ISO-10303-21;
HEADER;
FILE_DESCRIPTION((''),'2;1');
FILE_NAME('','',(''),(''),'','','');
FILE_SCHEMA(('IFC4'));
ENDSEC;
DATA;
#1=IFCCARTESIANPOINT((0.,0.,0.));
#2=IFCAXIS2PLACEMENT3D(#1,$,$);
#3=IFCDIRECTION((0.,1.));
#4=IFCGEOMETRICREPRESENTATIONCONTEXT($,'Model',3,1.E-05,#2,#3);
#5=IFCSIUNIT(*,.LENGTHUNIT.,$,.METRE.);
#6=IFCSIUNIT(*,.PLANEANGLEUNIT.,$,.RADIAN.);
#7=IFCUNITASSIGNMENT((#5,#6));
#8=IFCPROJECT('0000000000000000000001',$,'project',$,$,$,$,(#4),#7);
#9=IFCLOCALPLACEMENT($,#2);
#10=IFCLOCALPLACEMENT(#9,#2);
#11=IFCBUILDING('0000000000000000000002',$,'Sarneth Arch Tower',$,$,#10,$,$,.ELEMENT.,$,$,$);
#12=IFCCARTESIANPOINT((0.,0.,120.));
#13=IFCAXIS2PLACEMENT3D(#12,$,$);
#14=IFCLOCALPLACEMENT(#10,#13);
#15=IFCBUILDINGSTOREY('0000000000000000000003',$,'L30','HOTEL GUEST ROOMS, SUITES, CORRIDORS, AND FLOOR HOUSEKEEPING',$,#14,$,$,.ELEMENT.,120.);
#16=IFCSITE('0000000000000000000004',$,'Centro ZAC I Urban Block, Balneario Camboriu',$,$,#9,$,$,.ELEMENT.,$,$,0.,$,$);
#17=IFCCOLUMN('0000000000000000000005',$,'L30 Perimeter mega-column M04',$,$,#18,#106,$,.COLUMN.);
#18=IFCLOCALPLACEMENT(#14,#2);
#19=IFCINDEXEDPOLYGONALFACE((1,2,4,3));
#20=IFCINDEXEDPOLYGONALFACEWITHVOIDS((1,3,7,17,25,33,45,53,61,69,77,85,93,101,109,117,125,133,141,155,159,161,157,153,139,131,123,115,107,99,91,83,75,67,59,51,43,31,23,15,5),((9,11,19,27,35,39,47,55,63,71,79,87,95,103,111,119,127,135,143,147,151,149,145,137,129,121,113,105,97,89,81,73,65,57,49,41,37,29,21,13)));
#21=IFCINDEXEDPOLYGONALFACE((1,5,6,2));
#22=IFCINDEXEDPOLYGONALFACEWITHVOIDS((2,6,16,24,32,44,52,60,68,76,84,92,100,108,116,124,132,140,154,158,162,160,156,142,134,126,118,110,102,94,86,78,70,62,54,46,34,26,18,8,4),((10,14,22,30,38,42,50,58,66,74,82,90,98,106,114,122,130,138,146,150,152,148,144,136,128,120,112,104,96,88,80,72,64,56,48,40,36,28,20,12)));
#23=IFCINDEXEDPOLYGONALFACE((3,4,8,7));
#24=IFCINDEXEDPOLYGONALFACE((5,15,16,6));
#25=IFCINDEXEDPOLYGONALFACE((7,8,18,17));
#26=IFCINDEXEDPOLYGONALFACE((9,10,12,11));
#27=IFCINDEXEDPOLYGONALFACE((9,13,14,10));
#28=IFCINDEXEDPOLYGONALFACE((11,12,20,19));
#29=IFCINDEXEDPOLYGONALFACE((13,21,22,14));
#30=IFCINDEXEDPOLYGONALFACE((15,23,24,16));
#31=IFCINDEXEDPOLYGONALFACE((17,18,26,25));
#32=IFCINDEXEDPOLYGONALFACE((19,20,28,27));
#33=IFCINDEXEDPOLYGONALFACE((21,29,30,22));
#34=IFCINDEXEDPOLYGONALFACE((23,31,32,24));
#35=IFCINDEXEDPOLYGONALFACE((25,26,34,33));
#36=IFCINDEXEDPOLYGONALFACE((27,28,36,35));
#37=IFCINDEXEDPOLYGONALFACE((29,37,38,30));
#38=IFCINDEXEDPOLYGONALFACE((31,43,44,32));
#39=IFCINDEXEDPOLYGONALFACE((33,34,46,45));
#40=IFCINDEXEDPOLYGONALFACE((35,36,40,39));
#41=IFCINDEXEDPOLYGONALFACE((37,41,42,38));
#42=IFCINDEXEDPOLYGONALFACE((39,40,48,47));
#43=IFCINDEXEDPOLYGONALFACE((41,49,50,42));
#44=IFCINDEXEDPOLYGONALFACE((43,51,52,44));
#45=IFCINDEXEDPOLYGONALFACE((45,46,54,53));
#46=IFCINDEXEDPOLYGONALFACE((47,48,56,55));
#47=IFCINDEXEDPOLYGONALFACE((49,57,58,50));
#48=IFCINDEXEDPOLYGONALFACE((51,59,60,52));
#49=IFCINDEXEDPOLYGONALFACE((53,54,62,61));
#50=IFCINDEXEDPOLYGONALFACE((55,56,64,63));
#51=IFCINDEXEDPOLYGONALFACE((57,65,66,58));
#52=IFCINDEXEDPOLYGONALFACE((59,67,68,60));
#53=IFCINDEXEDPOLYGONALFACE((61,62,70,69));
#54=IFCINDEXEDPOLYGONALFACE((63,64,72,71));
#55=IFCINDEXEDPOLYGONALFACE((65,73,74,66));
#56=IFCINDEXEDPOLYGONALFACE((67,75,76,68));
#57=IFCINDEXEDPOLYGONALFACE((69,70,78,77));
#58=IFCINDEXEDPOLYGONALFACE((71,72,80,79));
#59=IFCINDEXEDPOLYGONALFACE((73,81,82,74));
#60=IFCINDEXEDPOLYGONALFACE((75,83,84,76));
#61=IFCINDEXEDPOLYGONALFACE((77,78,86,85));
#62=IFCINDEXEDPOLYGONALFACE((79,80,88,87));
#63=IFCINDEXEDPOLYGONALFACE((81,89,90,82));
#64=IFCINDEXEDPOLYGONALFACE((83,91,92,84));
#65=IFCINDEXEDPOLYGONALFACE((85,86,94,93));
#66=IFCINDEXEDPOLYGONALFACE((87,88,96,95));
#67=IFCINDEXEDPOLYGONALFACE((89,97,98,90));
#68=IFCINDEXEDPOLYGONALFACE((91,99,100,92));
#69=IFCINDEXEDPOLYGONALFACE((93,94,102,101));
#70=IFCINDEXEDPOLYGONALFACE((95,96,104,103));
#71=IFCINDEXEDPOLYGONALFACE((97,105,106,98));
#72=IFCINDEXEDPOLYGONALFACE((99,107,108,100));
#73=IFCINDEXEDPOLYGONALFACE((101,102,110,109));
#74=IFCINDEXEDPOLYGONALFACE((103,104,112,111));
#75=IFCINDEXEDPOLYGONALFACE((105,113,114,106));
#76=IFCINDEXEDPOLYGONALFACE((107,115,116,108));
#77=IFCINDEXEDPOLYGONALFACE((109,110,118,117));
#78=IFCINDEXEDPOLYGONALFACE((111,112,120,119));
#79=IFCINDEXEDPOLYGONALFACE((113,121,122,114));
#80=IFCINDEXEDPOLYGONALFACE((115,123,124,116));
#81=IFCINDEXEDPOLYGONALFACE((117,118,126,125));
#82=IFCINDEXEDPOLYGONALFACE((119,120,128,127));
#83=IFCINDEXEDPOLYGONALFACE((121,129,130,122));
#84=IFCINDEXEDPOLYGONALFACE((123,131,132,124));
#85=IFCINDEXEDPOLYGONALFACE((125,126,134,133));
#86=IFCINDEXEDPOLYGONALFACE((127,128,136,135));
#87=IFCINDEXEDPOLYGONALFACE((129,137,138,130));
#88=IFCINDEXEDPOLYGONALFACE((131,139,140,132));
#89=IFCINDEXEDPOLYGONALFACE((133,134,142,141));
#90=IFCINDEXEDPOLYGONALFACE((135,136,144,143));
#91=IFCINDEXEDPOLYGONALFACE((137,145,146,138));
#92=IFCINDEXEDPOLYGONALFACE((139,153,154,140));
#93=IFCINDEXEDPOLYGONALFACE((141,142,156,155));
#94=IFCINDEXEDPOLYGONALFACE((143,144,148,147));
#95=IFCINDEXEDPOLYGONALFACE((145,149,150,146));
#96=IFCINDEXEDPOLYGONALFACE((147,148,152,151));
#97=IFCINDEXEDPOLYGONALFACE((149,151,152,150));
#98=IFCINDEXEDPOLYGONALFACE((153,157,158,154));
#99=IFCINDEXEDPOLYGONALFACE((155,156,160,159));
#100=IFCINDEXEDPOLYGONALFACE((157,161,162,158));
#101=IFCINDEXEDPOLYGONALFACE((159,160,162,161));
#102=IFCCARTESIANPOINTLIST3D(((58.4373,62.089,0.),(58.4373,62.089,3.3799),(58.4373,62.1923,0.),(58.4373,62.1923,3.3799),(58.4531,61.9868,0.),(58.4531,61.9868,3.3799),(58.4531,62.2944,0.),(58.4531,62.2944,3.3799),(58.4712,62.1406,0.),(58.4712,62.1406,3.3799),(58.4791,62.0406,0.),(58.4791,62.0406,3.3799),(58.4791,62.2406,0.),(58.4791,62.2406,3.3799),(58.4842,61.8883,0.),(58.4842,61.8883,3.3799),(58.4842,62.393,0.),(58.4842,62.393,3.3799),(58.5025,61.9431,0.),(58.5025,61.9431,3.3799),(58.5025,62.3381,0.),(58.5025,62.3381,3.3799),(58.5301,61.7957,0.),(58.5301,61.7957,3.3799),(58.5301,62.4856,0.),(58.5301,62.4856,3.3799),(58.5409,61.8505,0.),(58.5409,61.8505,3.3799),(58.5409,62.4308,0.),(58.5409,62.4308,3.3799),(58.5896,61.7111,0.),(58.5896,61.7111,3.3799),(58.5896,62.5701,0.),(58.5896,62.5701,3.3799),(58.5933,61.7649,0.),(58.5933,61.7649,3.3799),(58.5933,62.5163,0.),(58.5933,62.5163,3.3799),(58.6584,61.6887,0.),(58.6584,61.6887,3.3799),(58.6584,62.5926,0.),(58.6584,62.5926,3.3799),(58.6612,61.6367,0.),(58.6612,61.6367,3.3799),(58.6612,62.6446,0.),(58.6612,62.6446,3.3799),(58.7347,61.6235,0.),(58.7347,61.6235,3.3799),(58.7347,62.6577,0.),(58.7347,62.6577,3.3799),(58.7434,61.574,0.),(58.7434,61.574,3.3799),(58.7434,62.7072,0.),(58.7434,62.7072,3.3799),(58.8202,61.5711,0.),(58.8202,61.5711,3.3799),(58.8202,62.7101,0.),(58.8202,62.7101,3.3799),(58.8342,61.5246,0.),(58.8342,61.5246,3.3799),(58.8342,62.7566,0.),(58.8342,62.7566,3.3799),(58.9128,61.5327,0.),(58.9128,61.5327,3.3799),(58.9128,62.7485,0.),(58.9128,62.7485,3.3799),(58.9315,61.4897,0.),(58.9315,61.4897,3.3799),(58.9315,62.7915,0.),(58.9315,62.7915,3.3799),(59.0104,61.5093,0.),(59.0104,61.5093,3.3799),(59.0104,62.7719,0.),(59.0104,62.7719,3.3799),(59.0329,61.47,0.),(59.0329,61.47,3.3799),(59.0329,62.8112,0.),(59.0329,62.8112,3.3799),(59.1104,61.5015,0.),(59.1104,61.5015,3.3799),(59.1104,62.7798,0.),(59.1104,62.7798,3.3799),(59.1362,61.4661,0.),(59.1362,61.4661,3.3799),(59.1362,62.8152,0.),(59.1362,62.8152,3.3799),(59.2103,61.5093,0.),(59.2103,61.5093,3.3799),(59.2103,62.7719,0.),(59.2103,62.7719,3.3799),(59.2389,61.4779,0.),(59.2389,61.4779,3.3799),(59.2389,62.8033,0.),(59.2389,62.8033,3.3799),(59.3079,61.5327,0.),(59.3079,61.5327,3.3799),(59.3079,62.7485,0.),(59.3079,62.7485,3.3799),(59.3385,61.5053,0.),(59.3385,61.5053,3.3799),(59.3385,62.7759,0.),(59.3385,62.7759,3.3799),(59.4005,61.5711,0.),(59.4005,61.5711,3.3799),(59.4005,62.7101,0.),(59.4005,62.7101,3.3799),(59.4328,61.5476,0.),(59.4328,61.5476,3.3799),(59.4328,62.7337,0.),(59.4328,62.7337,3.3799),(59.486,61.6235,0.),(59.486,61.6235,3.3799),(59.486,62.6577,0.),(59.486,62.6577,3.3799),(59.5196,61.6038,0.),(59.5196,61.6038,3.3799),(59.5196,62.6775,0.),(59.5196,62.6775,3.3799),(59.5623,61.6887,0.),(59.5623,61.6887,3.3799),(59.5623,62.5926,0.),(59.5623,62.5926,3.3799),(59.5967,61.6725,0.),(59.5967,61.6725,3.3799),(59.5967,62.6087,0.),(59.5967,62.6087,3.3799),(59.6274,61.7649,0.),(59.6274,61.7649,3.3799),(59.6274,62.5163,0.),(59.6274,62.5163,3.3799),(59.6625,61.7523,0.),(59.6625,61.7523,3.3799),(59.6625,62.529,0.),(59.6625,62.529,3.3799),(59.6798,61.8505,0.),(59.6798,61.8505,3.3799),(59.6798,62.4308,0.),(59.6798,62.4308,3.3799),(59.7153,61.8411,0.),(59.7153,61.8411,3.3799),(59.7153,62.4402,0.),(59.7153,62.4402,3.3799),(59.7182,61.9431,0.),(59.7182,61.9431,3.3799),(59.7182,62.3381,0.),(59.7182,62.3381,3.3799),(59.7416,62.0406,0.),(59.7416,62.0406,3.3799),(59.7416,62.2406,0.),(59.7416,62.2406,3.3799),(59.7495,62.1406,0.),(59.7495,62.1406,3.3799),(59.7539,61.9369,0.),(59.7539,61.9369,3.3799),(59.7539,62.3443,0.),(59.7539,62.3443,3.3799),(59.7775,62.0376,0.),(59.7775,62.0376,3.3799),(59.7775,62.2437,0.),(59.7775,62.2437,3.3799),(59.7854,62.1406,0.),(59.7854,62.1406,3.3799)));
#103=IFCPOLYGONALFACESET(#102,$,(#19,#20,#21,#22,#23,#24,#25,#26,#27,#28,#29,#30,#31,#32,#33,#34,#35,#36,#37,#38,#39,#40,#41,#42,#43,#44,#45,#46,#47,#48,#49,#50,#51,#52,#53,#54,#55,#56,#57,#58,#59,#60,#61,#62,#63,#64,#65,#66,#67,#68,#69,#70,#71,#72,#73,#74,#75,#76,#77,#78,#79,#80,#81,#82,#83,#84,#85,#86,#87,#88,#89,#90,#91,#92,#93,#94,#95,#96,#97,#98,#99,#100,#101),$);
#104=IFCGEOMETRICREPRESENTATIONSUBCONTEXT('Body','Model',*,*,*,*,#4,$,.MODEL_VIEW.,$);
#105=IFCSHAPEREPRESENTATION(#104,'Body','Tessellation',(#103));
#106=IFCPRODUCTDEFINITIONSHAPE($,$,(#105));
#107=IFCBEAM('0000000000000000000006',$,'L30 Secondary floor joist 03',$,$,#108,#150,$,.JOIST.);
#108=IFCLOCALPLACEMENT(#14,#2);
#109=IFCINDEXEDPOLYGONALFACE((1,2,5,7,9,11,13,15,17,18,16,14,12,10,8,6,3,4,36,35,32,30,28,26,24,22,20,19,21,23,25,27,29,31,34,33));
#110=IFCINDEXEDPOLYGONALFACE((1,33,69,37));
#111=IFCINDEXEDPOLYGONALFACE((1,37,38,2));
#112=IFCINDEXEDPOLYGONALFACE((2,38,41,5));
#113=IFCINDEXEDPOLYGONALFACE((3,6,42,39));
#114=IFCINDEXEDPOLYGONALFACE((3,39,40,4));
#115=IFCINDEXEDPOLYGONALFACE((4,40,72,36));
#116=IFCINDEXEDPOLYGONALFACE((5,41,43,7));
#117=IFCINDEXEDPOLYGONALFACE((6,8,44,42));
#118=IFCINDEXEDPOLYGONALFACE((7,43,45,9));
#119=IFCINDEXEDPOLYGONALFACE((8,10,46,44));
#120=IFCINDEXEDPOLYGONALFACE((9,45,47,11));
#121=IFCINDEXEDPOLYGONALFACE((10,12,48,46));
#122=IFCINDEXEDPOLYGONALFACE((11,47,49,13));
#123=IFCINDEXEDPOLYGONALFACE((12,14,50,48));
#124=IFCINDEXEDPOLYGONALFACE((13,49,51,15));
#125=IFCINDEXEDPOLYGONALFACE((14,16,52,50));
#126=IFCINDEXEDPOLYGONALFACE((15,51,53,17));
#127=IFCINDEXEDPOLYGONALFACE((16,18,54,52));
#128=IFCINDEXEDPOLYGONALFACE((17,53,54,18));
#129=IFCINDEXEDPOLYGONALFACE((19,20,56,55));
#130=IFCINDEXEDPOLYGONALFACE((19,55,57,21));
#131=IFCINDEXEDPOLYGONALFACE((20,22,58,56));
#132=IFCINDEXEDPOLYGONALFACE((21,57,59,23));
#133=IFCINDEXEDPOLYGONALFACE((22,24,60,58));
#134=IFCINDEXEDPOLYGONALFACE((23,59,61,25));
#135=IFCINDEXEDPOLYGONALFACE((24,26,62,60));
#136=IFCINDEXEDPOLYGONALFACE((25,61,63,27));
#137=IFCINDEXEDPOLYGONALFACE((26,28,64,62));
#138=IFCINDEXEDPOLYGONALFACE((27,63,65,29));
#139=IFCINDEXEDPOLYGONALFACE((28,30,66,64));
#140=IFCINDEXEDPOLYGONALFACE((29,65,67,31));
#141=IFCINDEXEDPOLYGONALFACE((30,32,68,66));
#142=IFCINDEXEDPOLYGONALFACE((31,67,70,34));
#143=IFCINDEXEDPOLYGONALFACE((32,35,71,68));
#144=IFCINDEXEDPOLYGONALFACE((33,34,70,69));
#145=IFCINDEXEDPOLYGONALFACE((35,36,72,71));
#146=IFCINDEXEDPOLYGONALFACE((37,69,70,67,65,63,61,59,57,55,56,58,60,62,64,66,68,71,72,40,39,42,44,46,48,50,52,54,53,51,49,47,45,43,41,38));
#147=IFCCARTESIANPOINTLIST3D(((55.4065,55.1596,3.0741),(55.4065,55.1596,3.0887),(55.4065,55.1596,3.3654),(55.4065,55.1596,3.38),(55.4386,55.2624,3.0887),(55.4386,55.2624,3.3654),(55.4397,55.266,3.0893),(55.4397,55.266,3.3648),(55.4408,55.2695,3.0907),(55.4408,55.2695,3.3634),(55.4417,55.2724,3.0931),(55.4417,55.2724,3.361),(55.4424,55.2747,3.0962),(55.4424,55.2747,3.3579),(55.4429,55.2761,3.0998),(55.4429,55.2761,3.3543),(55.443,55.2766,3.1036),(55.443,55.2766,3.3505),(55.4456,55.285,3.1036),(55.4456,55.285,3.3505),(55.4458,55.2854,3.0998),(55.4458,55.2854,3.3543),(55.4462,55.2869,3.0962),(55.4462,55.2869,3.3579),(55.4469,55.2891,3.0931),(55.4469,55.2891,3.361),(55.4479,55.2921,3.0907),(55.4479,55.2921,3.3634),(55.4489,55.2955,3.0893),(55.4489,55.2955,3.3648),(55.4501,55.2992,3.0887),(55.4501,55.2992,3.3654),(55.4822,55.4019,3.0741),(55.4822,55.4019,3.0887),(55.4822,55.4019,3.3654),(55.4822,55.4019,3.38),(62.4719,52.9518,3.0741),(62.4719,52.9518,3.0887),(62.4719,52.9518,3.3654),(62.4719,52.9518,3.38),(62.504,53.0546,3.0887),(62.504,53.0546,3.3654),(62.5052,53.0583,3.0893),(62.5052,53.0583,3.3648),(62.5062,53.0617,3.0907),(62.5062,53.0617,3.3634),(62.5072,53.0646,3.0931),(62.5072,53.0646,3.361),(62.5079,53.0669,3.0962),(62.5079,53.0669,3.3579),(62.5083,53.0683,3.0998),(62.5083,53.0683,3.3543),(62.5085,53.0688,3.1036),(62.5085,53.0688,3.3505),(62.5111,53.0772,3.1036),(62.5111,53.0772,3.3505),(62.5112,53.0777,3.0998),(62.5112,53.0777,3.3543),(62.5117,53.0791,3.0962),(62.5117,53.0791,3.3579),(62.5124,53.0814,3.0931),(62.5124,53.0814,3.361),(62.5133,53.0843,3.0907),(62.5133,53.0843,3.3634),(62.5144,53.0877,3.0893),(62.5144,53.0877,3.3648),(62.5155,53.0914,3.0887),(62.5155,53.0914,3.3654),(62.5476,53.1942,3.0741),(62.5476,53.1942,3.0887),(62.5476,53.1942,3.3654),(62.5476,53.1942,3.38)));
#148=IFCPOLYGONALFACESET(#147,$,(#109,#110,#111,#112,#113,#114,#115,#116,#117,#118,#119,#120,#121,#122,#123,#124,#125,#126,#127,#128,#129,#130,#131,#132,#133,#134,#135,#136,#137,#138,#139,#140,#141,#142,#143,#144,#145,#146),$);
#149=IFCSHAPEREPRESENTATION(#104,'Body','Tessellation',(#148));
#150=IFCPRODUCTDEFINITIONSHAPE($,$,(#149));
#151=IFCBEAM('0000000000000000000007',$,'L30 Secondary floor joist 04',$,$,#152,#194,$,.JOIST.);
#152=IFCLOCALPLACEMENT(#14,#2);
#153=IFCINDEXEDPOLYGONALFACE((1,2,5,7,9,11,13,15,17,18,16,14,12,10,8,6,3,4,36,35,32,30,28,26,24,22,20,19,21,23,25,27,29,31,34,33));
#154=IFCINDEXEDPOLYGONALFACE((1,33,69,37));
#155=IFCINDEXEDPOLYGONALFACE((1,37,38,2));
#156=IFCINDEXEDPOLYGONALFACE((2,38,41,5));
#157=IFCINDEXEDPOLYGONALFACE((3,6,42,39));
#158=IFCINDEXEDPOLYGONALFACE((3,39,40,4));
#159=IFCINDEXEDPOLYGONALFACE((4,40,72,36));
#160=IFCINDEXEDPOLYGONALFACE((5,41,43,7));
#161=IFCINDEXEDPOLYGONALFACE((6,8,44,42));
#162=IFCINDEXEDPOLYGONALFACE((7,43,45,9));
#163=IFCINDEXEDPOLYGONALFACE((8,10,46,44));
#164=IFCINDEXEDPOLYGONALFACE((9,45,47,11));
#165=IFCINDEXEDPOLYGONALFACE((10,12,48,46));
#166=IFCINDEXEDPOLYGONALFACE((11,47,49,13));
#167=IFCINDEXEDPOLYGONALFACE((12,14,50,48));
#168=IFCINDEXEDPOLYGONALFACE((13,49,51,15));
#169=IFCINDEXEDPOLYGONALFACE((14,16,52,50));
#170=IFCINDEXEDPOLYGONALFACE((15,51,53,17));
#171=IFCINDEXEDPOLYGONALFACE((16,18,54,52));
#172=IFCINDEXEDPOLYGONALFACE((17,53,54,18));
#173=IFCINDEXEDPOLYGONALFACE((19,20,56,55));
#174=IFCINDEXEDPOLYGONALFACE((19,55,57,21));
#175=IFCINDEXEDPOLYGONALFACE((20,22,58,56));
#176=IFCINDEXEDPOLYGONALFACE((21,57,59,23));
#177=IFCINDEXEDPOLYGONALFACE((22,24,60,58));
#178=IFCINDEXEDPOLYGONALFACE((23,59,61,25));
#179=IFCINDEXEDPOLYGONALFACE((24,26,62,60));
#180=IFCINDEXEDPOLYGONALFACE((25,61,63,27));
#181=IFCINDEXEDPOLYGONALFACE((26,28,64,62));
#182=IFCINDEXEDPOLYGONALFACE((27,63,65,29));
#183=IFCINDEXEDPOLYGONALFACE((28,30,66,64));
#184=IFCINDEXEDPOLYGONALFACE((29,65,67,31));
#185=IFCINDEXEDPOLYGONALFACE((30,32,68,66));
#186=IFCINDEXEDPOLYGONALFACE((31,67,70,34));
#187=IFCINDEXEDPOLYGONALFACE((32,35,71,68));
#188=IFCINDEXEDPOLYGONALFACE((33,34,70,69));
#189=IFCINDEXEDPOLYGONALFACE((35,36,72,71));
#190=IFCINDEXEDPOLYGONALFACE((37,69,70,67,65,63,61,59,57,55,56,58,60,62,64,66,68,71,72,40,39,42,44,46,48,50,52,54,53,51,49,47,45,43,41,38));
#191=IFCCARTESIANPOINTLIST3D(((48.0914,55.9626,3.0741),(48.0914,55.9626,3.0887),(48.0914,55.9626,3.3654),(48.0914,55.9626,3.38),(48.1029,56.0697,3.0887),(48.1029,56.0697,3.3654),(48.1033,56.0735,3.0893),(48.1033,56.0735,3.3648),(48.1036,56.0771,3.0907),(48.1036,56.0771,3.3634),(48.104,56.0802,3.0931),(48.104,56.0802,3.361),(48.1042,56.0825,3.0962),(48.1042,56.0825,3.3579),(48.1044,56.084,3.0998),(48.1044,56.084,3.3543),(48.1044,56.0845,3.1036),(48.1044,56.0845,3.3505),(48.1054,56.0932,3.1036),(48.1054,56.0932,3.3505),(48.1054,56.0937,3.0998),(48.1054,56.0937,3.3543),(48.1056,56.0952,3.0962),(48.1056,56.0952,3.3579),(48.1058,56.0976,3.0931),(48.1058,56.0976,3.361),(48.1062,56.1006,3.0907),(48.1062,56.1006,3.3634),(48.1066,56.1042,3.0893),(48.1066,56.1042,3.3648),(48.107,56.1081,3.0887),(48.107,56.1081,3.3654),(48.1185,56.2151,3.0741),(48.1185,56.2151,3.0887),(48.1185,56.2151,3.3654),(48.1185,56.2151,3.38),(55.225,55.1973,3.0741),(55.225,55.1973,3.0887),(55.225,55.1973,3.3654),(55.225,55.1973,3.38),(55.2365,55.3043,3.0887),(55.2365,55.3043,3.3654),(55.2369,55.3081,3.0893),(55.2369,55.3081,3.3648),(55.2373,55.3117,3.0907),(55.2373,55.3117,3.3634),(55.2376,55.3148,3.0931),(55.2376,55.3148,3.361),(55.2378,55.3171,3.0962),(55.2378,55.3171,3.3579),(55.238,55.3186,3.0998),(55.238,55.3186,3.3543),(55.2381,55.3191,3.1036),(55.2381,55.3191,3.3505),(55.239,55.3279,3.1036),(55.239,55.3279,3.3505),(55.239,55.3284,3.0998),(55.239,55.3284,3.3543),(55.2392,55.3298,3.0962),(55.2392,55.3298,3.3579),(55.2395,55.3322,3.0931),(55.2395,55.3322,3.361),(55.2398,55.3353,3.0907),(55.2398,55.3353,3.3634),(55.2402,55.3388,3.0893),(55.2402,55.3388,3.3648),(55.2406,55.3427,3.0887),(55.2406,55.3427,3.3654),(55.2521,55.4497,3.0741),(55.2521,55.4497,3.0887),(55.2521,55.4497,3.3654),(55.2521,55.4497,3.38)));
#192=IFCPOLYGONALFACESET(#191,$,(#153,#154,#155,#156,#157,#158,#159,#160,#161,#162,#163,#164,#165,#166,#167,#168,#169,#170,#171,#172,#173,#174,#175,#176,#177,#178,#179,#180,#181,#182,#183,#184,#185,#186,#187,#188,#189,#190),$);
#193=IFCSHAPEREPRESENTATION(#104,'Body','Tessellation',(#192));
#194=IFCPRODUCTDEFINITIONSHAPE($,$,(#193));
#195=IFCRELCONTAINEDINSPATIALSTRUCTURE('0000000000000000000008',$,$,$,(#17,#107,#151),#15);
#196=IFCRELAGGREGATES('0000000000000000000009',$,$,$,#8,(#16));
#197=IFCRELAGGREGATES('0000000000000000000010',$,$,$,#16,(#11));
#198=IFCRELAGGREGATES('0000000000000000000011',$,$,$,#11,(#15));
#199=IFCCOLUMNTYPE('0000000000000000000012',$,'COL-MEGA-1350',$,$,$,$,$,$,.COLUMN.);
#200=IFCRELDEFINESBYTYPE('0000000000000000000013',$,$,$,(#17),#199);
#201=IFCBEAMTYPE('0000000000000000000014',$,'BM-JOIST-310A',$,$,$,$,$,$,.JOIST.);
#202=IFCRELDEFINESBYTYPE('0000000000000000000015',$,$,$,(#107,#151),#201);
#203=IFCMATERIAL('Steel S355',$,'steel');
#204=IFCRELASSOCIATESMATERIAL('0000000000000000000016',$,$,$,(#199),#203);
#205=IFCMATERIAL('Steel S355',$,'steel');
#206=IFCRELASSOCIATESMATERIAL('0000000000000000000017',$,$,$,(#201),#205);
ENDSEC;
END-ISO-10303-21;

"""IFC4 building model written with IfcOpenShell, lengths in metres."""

from ifc_helpers import new_model, si_unit, direction, frame, origin, origin_2d, place, context, subcontext, project, spatial, hollow_circle, i_section, extrude, material, material_profile, profile_set, type_object, element, save


model = new_model("IFC4")

# Units and contexts
model_context = context("Model", 3, precision=1e-05, world=origin(), true_north=direction((0.0, 1.0)))
body_context = subcontext(model_context, "Body", "Model", "MODEL_VIEW")
ifc_project = project(units=[si_unit("LENGTHUNIT", "METRE"), si_unit("PLANEANGLEUNIT", "RADIAN")], contexts=[model_context])

# Site, building, storey
site_placement = place(None, origin())
site = spatial("IfcSite", under=ifc_project, at=site_placement, Name="Centro ZAC I Urban Block, Balneario Camboriu", CompositionType="ELEMENT", RefElevation=0.0)
building_placement = place(site_placement, origin())
building = spatial("IfcBuilding", under=site, at=building_placement, Name="Sarneth Arch Tower", CompositionType="ELEMENT")
storey_placement = place(building_placement, frame((0.0, 0.0, 120.0)))
storey = spatial("IfcBuildingStorey", under=building, at=storey_placement, Name="L30", Description="HOTEL GUEST ROOMS, SUITES, CORRIDORS, AND FLOOR HOUSEKEEPING", CompositionType="ELEMENT", Elevation=120.0)

# Column
ifc_material_1 = material(Name="Steel S355", Category="steel")
ifc_material_profile_1 = material_profile(ifc_material_1, hollow_circle(Radius=0.675, WallThickness=0.0359, at=origin_2d()), Name="CHS1350x36")
ifc_profile_set_1 = profile_set([ifc_material_profile_1], Name="Steel S355")
column_type = type_object("IfcColumnType", Name="COL-MEGA-1350", PredefinedType="COLUMN", material=ifc_profile_set_1)
column_placement = place(storey_placement, frame((59.1104, 62.1406, 0.0), z_axis=(0.0, 0.0, 1.0), x_axis=(1.0, 0.0, 0.0)))
element("IfcColumn", 1, at=column_placement, inside=storey, type_object=column_type, Name="L30 Perimeter mega-column M04", PredefinedType="COLUMN", context=body_context, shape_type="SweptSolid", body=[
    extrude(hollow_circle(Radius=0.675, WallThickness=0.0359, at=origin_2d()), origin(), (0.0, 0.0, 1.0), 3.3799),
])

# Beams
ifc_material_2 = material(Name="Steel S355", Category="steel")
ifc_material_profile_2 = material_profile(ifc_material_2, i_section(OverallWidth=0.2539, OverallDepth=0.3059, WebThickness=0.0088, FlangeThickness=0.0146, FilletRadius=0.0149, at=origin_2d()), Name="W310x79")
ifc_profile_set_2 = profile_set([ifc_material_profile_2], Name="Steel S355")
beam_type_1 = type_object("IfcBeamType", Name="BM-JOIST-310A", PredefinedType="JOIST", material=ifc_profile_set_2)
beam_1_placement = place(storey_placement, frame((62.5098, 53.073, 3.2271), z_axis=(-0.954487, 0.298252, 0.0), x_axis=(-0.298252, -0.954487, 0.0)))
element("IfcBeam", 2, at=beam_1_placement, inside=storey, type_object=beam_type_1, Name="L30 Secondary floor joist 03", PredefinedType="JOIST", context=body_context, shape_type="SweptSolid", body=[
    extrude(i_section(OverallWidth=0.2539, OverallDepth=0.3059, WebThickness=0.0088, FlangeThickness=0.0146, FilletRadius=0.0149, at=origin_2d()), origin(), (0.0, 0.0, 1.0), 7.4023),
])
beam_2_placement = place(storey_placement, frame((55.2385, 55.3235, 3.2271), z_axis=(-0.994293, 0.106681, 0.0), x_axis=(-0.106681, -0.994293, 0.0)))
element("IfcBeam", 3, at=beam_2_placement, inside=storey, type_object=beam_type_1, Name="L30 Secondary floor joist 04", PredefinedType="JOIST", context=body_context, shape_type="SweptSolid", body=[
    extrude(i_section(OverallWidth=0.2539, OverallDepth=0.3059, WebThickness=0.0088, FlangeThickness=0.0146, FilletRadius=0.0149, at=origin_2d()), origin(), (0.0, 0.0, 1.0), 7.1746),
])

save(model, "model.ifc")
